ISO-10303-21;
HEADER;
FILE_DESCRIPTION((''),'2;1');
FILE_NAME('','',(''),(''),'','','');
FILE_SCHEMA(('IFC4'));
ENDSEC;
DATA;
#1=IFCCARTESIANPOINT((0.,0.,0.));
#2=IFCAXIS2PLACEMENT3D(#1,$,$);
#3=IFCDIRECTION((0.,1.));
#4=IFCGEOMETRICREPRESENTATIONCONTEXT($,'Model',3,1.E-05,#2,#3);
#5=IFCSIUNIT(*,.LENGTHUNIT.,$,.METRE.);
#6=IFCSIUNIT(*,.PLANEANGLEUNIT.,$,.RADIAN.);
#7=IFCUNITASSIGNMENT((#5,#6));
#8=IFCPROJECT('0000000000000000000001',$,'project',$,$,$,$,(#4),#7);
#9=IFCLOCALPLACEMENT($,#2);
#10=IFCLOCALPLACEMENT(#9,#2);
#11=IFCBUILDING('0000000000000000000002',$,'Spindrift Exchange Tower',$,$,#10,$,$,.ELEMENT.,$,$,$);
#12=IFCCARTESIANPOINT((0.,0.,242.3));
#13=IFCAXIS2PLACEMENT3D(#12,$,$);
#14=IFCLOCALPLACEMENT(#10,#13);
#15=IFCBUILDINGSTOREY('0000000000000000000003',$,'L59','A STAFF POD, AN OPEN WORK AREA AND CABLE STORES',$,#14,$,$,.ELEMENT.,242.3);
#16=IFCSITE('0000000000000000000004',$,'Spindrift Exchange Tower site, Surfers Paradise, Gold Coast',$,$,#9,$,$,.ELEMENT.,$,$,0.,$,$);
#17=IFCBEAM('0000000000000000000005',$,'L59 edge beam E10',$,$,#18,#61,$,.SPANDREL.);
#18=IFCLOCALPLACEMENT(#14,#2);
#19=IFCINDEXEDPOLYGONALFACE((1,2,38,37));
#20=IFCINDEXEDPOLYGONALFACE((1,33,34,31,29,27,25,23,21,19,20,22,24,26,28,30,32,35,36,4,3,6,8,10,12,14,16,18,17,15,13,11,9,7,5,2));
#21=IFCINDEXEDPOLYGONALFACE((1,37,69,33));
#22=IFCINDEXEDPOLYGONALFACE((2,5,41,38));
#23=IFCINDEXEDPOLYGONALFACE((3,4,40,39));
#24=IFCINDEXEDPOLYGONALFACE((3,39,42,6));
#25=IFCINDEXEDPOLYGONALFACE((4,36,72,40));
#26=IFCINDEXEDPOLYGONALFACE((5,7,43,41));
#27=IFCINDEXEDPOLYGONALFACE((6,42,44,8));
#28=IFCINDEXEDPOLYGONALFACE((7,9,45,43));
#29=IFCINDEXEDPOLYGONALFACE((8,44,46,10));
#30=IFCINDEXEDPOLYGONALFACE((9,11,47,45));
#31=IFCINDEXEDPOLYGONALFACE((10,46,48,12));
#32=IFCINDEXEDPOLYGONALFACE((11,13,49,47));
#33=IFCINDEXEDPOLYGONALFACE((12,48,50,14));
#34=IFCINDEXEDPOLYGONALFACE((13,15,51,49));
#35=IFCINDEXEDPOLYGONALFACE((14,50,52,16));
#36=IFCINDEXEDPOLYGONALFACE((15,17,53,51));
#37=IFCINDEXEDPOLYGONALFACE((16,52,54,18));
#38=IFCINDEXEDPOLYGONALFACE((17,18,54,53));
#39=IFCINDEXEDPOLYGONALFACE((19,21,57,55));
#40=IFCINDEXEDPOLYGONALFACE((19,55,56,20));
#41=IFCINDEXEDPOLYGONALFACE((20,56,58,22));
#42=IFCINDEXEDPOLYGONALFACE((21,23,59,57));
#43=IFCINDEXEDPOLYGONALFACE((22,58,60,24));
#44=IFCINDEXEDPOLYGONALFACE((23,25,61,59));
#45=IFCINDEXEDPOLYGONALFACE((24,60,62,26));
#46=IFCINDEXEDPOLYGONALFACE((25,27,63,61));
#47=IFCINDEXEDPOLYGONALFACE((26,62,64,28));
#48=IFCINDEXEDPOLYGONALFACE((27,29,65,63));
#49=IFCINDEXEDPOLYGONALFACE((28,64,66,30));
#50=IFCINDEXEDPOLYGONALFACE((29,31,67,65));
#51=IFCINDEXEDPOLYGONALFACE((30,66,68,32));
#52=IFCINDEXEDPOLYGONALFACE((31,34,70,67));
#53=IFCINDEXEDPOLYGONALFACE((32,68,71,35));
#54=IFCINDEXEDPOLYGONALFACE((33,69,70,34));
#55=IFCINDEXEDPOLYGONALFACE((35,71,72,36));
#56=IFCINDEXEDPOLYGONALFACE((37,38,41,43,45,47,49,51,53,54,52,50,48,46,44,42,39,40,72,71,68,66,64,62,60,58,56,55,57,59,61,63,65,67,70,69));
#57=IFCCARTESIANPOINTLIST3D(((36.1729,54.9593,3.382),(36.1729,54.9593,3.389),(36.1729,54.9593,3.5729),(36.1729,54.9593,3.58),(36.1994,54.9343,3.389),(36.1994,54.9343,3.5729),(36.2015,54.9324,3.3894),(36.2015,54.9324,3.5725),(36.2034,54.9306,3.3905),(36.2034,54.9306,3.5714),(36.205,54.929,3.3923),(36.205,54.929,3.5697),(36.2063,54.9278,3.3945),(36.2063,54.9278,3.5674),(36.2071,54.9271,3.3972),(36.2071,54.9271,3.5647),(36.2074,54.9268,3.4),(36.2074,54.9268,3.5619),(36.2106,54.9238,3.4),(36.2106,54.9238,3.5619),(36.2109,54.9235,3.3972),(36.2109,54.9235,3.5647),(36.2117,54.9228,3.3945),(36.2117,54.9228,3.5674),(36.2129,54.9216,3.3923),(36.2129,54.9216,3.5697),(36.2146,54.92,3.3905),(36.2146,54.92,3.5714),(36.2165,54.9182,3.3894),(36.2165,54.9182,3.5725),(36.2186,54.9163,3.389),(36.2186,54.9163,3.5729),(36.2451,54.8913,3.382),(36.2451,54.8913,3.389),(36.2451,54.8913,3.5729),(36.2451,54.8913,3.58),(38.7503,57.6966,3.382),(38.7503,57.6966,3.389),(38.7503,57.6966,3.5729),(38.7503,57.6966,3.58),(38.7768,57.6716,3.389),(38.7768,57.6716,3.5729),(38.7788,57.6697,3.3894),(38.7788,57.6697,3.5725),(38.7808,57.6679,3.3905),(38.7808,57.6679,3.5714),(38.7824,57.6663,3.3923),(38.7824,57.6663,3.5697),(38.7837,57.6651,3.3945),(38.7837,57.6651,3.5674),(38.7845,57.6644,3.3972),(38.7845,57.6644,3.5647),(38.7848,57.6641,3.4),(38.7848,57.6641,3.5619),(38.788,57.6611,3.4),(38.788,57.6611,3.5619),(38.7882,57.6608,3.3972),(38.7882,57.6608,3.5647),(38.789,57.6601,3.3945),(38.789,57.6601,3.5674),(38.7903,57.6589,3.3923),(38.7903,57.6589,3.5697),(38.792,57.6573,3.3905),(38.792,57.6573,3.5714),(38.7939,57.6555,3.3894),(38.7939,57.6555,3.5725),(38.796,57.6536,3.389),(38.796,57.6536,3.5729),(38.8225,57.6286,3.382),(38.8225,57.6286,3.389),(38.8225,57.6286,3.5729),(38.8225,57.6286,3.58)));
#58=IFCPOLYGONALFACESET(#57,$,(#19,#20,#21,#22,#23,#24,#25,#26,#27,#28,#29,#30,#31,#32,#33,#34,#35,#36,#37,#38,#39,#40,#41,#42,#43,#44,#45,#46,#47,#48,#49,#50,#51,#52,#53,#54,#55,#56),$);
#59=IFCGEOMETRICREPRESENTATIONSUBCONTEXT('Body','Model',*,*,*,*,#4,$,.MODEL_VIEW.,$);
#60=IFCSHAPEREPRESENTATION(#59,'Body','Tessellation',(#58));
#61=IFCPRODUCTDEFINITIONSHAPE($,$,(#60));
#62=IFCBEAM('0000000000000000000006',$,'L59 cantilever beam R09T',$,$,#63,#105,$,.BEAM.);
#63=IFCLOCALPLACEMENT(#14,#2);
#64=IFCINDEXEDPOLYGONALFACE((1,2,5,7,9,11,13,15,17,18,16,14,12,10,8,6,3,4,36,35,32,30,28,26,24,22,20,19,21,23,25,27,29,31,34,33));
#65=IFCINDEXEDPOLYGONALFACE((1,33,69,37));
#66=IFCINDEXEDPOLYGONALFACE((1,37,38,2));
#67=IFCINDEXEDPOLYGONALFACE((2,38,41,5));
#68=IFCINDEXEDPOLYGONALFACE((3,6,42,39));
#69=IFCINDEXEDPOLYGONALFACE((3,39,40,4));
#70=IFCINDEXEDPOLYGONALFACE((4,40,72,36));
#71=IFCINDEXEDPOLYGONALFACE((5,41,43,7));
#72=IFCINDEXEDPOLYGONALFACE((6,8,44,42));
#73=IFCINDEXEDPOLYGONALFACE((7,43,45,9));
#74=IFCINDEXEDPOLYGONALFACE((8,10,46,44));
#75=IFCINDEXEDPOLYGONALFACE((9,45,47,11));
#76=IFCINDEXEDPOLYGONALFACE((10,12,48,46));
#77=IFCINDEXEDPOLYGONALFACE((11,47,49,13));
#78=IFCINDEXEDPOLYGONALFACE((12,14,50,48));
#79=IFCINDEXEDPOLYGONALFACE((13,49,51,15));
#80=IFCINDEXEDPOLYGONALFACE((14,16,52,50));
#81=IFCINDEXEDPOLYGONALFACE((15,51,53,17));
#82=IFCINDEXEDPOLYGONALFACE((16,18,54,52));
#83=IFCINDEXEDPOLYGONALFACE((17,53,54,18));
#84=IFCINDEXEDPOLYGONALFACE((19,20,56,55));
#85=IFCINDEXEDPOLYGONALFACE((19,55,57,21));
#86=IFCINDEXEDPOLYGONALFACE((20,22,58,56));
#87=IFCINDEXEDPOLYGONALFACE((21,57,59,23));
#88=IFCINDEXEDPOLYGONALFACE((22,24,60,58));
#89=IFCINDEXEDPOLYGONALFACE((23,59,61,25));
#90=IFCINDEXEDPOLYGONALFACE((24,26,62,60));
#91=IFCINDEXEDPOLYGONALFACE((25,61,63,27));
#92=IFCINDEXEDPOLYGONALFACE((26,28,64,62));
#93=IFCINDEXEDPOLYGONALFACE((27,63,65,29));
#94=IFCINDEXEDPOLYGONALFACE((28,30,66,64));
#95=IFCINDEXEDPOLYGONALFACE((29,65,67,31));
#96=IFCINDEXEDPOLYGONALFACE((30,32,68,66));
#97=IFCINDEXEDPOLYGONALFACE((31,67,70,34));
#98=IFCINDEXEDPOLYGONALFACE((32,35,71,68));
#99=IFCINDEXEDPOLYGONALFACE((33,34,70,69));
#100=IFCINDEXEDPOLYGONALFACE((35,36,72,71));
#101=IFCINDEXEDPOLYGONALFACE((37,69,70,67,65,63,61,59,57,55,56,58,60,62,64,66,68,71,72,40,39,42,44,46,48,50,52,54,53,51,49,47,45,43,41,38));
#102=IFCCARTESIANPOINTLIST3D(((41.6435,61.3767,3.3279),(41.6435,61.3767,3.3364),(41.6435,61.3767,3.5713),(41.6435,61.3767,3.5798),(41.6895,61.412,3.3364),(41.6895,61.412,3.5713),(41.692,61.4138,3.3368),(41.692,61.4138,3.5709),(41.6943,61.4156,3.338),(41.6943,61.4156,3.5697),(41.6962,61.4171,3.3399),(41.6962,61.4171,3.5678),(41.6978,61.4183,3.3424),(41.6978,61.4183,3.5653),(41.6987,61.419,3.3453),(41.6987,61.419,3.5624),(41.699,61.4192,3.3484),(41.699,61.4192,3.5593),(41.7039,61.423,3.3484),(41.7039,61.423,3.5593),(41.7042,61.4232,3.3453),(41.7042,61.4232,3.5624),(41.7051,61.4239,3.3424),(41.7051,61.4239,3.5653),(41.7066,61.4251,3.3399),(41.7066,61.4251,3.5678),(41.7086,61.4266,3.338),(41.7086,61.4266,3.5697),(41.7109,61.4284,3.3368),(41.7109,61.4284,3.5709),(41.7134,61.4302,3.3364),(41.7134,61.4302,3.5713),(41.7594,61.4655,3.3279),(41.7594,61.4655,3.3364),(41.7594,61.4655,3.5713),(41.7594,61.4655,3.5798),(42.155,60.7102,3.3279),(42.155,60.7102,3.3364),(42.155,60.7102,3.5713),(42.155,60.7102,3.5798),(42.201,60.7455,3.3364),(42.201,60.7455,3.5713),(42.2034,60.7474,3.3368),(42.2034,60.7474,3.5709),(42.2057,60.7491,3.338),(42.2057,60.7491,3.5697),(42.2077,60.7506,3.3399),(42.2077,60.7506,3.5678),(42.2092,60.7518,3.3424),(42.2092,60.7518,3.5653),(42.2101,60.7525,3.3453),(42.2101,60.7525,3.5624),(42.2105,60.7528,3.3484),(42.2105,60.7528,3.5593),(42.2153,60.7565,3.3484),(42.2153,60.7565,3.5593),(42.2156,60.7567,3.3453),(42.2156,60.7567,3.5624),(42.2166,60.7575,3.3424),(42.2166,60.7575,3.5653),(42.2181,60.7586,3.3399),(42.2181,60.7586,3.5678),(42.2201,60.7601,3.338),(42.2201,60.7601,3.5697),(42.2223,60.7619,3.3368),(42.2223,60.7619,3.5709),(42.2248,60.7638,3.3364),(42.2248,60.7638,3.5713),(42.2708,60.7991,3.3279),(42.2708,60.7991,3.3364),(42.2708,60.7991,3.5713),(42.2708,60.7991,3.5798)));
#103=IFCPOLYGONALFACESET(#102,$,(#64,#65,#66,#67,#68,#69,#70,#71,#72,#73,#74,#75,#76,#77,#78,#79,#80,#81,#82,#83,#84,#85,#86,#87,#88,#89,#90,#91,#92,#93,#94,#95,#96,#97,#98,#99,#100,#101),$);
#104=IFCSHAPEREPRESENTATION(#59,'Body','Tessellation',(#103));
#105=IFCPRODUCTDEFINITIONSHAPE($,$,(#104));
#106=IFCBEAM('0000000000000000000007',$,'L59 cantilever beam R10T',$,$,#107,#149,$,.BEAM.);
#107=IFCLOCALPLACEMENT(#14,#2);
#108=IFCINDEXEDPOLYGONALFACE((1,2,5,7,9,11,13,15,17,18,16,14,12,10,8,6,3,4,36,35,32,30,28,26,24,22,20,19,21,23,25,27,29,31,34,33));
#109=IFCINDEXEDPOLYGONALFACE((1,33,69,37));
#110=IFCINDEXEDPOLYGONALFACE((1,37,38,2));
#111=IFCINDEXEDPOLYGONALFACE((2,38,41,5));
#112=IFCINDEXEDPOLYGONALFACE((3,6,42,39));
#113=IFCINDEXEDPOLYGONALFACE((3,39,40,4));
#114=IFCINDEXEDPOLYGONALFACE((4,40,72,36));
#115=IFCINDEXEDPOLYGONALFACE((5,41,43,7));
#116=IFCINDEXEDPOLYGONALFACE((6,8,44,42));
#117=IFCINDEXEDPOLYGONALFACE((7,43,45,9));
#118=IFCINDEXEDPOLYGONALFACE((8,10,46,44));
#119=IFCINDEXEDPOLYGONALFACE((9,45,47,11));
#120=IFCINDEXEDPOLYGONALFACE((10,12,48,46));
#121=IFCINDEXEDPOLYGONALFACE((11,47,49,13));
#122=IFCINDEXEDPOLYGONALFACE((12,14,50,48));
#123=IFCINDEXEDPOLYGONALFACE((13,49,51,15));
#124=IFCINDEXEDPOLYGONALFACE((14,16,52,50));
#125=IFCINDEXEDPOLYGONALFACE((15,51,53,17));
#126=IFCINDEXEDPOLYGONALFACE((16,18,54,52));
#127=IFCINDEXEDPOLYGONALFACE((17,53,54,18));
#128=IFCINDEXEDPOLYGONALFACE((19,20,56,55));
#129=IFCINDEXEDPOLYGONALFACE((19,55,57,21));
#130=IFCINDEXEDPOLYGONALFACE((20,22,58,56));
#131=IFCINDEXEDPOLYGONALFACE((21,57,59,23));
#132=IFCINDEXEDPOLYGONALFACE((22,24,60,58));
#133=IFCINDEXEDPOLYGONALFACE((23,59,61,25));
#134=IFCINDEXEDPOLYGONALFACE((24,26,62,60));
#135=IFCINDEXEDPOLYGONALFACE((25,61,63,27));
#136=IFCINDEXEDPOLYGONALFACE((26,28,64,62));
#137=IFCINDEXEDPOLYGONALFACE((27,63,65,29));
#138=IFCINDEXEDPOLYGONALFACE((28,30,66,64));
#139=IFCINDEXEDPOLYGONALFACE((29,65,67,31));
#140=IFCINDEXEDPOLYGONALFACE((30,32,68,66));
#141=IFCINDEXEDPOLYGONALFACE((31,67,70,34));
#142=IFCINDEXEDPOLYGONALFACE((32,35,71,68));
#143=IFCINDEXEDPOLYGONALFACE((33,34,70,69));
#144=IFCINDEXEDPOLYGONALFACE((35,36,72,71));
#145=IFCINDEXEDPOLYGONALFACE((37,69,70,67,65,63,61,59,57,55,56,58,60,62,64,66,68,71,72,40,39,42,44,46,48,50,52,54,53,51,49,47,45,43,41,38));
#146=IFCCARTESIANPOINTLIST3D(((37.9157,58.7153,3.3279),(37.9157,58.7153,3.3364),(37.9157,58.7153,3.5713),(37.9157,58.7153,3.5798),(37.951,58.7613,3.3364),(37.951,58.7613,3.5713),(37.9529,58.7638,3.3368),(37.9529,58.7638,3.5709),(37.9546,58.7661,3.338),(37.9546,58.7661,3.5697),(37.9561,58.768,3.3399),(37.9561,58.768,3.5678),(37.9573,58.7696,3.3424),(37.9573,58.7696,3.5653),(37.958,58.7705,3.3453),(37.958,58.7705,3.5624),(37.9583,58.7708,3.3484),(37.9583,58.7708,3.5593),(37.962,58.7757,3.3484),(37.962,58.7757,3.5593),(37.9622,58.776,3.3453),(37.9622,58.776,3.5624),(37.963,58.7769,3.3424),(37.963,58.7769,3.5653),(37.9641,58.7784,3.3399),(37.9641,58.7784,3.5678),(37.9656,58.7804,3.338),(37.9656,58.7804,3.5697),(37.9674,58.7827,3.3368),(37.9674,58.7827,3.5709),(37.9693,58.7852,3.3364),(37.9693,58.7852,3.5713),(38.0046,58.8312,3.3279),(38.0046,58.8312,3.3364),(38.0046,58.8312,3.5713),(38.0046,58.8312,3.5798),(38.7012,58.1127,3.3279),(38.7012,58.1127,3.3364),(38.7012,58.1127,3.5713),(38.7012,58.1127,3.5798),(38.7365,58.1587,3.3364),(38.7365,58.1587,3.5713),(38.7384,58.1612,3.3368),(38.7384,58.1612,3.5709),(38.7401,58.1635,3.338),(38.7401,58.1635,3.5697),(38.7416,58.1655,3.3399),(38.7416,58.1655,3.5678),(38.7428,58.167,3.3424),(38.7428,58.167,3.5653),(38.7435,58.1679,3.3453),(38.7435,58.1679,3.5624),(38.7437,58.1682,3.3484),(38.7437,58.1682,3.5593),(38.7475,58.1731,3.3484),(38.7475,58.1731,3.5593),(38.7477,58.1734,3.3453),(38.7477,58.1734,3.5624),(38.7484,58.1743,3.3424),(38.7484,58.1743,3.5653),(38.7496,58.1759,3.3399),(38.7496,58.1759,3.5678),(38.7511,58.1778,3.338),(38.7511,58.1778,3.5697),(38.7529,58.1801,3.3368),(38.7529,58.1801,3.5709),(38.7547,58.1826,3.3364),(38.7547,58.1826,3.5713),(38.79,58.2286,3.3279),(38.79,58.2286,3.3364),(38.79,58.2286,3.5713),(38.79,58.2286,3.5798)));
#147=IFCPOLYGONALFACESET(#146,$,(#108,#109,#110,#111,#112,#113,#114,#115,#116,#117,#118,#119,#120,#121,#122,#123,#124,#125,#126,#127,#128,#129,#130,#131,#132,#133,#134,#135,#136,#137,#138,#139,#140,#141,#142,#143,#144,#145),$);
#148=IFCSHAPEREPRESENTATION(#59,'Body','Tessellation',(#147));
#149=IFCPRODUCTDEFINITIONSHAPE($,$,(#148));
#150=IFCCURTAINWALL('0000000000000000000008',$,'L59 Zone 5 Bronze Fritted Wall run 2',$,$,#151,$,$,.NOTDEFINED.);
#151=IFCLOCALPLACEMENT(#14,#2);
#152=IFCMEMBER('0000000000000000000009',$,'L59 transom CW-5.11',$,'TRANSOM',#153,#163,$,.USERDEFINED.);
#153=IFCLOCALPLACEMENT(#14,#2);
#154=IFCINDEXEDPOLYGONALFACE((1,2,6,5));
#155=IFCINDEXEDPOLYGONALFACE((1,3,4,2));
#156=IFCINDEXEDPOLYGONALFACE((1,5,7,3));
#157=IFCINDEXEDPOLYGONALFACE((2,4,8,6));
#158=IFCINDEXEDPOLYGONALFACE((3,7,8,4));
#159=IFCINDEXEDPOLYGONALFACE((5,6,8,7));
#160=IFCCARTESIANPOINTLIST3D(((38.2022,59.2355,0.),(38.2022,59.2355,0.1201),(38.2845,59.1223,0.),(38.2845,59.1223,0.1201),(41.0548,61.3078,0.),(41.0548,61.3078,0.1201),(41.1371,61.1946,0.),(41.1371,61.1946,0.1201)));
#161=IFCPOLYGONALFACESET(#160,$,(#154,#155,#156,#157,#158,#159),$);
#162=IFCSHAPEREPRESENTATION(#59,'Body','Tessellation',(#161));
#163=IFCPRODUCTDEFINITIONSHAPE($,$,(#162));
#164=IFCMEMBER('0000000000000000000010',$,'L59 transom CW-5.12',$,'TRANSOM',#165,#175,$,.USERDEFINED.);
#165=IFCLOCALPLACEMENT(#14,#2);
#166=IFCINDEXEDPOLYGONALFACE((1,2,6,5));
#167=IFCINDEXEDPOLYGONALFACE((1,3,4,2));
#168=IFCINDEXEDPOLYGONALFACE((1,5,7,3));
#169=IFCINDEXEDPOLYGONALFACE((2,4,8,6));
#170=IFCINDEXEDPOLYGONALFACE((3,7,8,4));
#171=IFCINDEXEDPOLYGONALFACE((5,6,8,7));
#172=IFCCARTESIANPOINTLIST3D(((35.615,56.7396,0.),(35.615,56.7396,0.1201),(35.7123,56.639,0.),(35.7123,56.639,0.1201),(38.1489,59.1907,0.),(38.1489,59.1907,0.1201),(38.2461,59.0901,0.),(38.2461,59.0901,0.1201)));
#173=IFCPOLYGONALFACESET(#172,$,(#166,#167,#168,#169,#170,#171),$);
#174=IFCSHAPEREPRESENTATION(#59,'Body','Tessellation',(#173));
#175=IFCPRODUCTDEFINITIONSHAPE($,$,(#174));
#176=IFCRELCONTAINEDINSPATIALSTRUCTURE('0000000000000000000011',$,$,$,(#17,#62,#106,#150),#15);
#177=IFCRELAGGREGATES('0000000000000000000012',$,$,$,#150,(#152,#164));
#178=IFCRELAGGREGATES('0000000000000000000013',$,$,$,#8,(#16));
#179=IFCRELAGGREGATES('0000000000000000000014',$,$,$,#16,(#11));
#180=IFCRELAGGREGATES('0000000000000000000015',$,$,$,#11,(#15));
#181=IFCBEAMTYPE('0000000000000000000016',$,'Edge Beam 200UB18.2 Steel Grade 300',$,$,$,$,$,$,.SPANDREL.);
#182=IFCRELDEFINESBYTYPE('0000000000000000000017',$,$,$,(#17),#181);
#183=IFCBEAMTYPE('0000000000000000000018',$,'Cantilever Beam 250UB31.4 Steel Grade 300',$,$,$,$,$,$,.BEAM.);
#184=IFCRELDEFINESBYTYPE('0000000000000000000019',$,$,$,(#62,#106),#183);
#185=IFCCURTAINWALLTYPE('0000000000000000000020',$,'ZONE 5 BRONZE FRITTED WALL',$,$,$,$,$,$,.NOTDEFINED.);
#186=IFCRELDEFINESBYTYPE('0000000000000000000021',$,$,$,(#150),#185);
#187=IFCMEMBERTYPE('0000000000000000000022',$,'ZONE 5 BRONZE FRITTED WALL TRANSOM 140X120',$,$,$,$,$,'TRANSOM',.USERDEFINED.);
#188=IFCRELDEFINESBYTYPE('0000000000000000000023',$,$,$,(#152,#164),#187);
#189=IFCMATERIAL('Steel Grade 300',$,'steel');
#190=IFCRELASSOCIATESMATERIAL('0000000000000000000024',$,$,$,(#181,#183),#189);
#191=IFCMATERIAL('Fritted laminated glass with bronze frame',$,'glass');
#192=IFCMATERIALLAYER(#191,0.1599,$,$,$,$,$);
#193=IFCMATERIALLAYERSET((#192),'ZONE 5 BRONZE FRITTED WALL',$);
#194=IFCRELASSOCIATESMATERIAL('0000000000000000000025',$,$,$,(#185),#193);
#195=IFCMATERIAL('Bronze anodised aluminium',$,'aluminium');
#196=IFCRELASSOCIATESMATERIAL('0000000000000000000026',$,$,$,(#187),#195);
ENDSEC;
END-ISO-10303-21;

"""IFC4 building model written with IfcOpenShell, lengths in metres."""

from ifc_helpers import new_model, si_unit, direction, frame, origin, origin_2d, place, context, subcontext, project, spatial, rectangle, i_section, extrude, source, transform, mapped, material, layer, layer_set, material_profile, profile_set, type_object, element, aggregate, save


model = new_model("IFC4")

# Units and contexts
model_context = context("Model", 3, precision=1e-05, world=origin(), true_north=direction((0.0, 1.0)))
body_context = subcontext(model_context, "Body", "Model", "MODEL_VIEW")
ifc_project = project(units=[si_unit("LENGTHUNIT", "METRE"), si_unit("PLANEANGLEUNIT", "RADIAN")], contexts=[model_context])

# Site, building, storey
site_placement = place(None, origin())
site = spatial("IfcSite", under=ifc_project, at=site_placement, Name="Spindrift Exchange Tower site, Surfers Paradise, Gold Coast", CompositionType="ELEMENT", RefElevation=0.0)
building_placement = place(site_placement, origin())
building = spatial("IfcBuilding", under=site, at=building_placement, Name="Spindrift Exchange Tower", CompositionType="ELEMENT")
storey_placement = place(building_placement, frame((0.0, 0.0, 242.3)))
storey = spatial("IfcBuildingStorey", under=building, at=storey_placement, Name="L59", Description="A STAFF POD, AN OPEN WORK AREA AND CABLE STORES", CompositionType="ELEMENT", Elevation=242.3)

# Beams
ifc_material_1 = material(Name="Steel Grade 300", Category="steel")
ifc_material_profile_1 = material_profile(ifc_material_1, i_section(OverallWidth=0.0991, OverallDepth=0.198, WebThickness=0.0044, FlangeThickness=0.0071, FilletRadius=0.011, at=origin_2d()), Name="200UB18.2")
ifc_profile_set_1 = profile_set([ifc_material_profile_1], Name="Steel Grade 300")
beam_type_1 = type_object("IfcBeamType", Name="Edge Beam 200UB18.2 Steel Grade 300", PredefinedType="SPANDREL", material=ifc_profile_set_1)
shared_shape_1 = source(origin(), body_context, "Body", "SweptSolid", [
    extrude(i_section(OverallWidth=0.0991, OverallDepth=0.198, WebThickness=0.0044, FlangeThickness=0.0071, FilletRadius=0.011, at=origin_2d()), origin(), (0.0, 0.0, 1.0), 3.7598),
])
beam_1_placement = place(storey_placement, frame((38.7864, 57.6626, 3.481), z_axis=(-0.685521, -0.728053, 0.0), x_axis=(0.728053, -0.685521, 0.0)))
element("IfcBeam", 1, at=beam_1_placement, inside=storey, type_object=beam_type_1, Name="L59 edge beam E10", PredefinedType="SPANDREL", context=body_context, shape_type="MappedRepresentation", body=[
    mapped(shared_shape_1, transform((0.0, 0.0, 0.0), scale=1.0)),
])
ifc_material_profile_2 = material_profile(ifc_material_1, i_section(OverallWidth=0.146, OverallDepth=0.252, WebThickness=0.0061, FlangeThickness=0.0085, FilletRadius=0.012, at=origin_2d()), Name="250UB31.4")
ifc_profile_set_2 = profile_set([ifc_material_profile_2], Name="Steel Grade 300")
beam_type_2 = type_object("IfcBeamType", Name="Cantilever Beam 250UB31.4 Steel Grade 300", PredefinedType="BEAM", material=ifc_profile_set_2)
shared_shape_2 = source(origin(), body_context, "Body", "SweptSolid", [
    extrude(i_section(OverallWidth=0.146, OverallDepth=0.252, WebThickness=0.0061, FlangeThickness=0.0085, FilletRadius=0.012, at=origin_2d()), origin(), (0.0, 0.0, 1.0), 0.8401),
])
beam_2_placement = place(storey_placement, frame((42.2129, 60.7546, 3.4539), z_axis=(-0.608798, 0.793326, 0.0), x_axis=(-0.793326, -0.608798, 0.0)))
element("IfcBeam", 2, at=beam_2_placement, inside=storey, type_object=beam_type_2, Name="L59 cantilever beam R09T", PredefinedType="BEAM", context=body_context, shape_type="MappedRepresentation", body=[
    mapped(shared_shape_2, transform((0.0, 0.0, 0.0), scale=1.0)),
])
shared_shape_3 = source(origin(), body_context, "Body", "SweptSolid", [
    extrude(i_section(OverallWidth=0.146, OverallDepth=0.252, WebThickness=0.0061, FlangeThickness=0.0085, FilletRadius=0.012, at=origin_2d()), origin(), (0.0, 0.0, 1.0), 0.99),
])
beam_3_placement = place(storey_placement, frame((38.7456, 58.1707, 3.4539), z_axis=(-0.793412, 0.608685, 0.0), x_axis=(-0.608685, -0.793412, 0.0)))
element("IfcBeam", 3, at=beam_3_placement, inside=storey, type_object=beam_type_2, Name="L59 cantilever beam R10T", PredefinedType="BEAM", context=body_context, shape_type="MappedRepresentation", body=[
    mapped(shared_shape_3, transform((0.0, 0.0, 0.0), scale=1.0)),
])

# Curtain wall, members
ifc_material_2 = material(Name="Fritted laminated glass with bronze frame", Category="glass")
ifc_layer_1 = layer(ifc_material_2, 0.1599)
ifc_layer_set_1 = layer_set([ifc_layer_1], Name="ZONE 5 BRONZE FRITTED WALL")
curtain_wall_type = type_object("IfcCurtainWallType", Name="ZONE 5 BRONZE FRITTED WALL", PredefinedType="NOTDEFINED", material=ifc_layer_set_1)
curtain_wall_1_placement = place(storey_placement, origin())
curtain_wall_1 = element("IfcCurtainWall", 4, at=curtain_wall_1_placement, inside=storey, type_object=curtain_wall_type, Name="L59 Zone 5 Bronze Fritted Wall run 2", PredefinedType="NOTDEFINED")
ifc_material_3 = material(Name="Bronze anodised aluminium", Category="aluminium")
ifc_material_profile_3 = material_profile(ifc_material_3, rectangle(XDim=0.1399, YDim=0.1201, at=origin_2d()), Name="ZONE 5 BRONZE FRITTED WALL TRANSOM 140X120")
ifc_profile_set_3 = profile_set([ifc_material_profile_3], Name="Bronze anodised aluminium")
member_type_1 = type_object("IfcMemberType", Name="ZONE 5 BRONZE FRITTED WALL TRANSOM 140X120", ElementType="TRANSOM", PredefinedType="USERDEFINED", material=ifc_profile_set_3)
shared_shape_4 = source(origin(), body_context, "Body", "SweptSolid", [
    extrude(rectangle(XDim=0.1399, YDim=0.1201, at=origin_2d()), origin(), (0.0, 0.0, 1.0), 3.5259),
])
member_1_placement = place(storey_placement, frame((41.0959, 61.2512, 0.0601), z_axis=(-0.809047, -0.587743, 0.0), x_axis=(0.587743, -0.809047, 0.0)))
member_1 = element("IfcMember", 5, at=member_1_placement, type_object=member_type_1, Name="L59 transom CW-5.11", ObjectType="TRANSOM", PredefinedType="USERDEFINED", context=body_context, shape_type="MappedRepresentation", body=[
    mapped(shared_shape_4, transform((0.0, 0.0, 0.0), scale=1.0)),
])
shared_shape_5 = source(origin(), body_context, "Body", "SweptSolid", [
    extrude(rectangle(XDim=0.1399, YDim=0.1201, at=origin_2d()), origin(), (0.0, 0.0, 1.0), 3.5254),
])
member_2_placement = place(storey_placement, frame((38.1975, 59.1404, 0.0601), z_axis=(-0.718747, -0.695271, 0.0), x_axis=(0.695271, -0.718747, 0.0)))
member_2 = element("IfcMember", 6, at=member_2_placement, type_object=member_type_1, Name="L59 transom CW-5.12", ObjectType="TRANSOM", PredefinedType="USERDEFINED", context=body_context, shape_type="MappedRepresentation", body=[
    mapped(shared_shape_5, transform((0.0, 0.0, 0.0), scale=1.0)),
])

aggregate(curtain_wall_1, [member_1, member_2])

save(model, "model.ifc")
